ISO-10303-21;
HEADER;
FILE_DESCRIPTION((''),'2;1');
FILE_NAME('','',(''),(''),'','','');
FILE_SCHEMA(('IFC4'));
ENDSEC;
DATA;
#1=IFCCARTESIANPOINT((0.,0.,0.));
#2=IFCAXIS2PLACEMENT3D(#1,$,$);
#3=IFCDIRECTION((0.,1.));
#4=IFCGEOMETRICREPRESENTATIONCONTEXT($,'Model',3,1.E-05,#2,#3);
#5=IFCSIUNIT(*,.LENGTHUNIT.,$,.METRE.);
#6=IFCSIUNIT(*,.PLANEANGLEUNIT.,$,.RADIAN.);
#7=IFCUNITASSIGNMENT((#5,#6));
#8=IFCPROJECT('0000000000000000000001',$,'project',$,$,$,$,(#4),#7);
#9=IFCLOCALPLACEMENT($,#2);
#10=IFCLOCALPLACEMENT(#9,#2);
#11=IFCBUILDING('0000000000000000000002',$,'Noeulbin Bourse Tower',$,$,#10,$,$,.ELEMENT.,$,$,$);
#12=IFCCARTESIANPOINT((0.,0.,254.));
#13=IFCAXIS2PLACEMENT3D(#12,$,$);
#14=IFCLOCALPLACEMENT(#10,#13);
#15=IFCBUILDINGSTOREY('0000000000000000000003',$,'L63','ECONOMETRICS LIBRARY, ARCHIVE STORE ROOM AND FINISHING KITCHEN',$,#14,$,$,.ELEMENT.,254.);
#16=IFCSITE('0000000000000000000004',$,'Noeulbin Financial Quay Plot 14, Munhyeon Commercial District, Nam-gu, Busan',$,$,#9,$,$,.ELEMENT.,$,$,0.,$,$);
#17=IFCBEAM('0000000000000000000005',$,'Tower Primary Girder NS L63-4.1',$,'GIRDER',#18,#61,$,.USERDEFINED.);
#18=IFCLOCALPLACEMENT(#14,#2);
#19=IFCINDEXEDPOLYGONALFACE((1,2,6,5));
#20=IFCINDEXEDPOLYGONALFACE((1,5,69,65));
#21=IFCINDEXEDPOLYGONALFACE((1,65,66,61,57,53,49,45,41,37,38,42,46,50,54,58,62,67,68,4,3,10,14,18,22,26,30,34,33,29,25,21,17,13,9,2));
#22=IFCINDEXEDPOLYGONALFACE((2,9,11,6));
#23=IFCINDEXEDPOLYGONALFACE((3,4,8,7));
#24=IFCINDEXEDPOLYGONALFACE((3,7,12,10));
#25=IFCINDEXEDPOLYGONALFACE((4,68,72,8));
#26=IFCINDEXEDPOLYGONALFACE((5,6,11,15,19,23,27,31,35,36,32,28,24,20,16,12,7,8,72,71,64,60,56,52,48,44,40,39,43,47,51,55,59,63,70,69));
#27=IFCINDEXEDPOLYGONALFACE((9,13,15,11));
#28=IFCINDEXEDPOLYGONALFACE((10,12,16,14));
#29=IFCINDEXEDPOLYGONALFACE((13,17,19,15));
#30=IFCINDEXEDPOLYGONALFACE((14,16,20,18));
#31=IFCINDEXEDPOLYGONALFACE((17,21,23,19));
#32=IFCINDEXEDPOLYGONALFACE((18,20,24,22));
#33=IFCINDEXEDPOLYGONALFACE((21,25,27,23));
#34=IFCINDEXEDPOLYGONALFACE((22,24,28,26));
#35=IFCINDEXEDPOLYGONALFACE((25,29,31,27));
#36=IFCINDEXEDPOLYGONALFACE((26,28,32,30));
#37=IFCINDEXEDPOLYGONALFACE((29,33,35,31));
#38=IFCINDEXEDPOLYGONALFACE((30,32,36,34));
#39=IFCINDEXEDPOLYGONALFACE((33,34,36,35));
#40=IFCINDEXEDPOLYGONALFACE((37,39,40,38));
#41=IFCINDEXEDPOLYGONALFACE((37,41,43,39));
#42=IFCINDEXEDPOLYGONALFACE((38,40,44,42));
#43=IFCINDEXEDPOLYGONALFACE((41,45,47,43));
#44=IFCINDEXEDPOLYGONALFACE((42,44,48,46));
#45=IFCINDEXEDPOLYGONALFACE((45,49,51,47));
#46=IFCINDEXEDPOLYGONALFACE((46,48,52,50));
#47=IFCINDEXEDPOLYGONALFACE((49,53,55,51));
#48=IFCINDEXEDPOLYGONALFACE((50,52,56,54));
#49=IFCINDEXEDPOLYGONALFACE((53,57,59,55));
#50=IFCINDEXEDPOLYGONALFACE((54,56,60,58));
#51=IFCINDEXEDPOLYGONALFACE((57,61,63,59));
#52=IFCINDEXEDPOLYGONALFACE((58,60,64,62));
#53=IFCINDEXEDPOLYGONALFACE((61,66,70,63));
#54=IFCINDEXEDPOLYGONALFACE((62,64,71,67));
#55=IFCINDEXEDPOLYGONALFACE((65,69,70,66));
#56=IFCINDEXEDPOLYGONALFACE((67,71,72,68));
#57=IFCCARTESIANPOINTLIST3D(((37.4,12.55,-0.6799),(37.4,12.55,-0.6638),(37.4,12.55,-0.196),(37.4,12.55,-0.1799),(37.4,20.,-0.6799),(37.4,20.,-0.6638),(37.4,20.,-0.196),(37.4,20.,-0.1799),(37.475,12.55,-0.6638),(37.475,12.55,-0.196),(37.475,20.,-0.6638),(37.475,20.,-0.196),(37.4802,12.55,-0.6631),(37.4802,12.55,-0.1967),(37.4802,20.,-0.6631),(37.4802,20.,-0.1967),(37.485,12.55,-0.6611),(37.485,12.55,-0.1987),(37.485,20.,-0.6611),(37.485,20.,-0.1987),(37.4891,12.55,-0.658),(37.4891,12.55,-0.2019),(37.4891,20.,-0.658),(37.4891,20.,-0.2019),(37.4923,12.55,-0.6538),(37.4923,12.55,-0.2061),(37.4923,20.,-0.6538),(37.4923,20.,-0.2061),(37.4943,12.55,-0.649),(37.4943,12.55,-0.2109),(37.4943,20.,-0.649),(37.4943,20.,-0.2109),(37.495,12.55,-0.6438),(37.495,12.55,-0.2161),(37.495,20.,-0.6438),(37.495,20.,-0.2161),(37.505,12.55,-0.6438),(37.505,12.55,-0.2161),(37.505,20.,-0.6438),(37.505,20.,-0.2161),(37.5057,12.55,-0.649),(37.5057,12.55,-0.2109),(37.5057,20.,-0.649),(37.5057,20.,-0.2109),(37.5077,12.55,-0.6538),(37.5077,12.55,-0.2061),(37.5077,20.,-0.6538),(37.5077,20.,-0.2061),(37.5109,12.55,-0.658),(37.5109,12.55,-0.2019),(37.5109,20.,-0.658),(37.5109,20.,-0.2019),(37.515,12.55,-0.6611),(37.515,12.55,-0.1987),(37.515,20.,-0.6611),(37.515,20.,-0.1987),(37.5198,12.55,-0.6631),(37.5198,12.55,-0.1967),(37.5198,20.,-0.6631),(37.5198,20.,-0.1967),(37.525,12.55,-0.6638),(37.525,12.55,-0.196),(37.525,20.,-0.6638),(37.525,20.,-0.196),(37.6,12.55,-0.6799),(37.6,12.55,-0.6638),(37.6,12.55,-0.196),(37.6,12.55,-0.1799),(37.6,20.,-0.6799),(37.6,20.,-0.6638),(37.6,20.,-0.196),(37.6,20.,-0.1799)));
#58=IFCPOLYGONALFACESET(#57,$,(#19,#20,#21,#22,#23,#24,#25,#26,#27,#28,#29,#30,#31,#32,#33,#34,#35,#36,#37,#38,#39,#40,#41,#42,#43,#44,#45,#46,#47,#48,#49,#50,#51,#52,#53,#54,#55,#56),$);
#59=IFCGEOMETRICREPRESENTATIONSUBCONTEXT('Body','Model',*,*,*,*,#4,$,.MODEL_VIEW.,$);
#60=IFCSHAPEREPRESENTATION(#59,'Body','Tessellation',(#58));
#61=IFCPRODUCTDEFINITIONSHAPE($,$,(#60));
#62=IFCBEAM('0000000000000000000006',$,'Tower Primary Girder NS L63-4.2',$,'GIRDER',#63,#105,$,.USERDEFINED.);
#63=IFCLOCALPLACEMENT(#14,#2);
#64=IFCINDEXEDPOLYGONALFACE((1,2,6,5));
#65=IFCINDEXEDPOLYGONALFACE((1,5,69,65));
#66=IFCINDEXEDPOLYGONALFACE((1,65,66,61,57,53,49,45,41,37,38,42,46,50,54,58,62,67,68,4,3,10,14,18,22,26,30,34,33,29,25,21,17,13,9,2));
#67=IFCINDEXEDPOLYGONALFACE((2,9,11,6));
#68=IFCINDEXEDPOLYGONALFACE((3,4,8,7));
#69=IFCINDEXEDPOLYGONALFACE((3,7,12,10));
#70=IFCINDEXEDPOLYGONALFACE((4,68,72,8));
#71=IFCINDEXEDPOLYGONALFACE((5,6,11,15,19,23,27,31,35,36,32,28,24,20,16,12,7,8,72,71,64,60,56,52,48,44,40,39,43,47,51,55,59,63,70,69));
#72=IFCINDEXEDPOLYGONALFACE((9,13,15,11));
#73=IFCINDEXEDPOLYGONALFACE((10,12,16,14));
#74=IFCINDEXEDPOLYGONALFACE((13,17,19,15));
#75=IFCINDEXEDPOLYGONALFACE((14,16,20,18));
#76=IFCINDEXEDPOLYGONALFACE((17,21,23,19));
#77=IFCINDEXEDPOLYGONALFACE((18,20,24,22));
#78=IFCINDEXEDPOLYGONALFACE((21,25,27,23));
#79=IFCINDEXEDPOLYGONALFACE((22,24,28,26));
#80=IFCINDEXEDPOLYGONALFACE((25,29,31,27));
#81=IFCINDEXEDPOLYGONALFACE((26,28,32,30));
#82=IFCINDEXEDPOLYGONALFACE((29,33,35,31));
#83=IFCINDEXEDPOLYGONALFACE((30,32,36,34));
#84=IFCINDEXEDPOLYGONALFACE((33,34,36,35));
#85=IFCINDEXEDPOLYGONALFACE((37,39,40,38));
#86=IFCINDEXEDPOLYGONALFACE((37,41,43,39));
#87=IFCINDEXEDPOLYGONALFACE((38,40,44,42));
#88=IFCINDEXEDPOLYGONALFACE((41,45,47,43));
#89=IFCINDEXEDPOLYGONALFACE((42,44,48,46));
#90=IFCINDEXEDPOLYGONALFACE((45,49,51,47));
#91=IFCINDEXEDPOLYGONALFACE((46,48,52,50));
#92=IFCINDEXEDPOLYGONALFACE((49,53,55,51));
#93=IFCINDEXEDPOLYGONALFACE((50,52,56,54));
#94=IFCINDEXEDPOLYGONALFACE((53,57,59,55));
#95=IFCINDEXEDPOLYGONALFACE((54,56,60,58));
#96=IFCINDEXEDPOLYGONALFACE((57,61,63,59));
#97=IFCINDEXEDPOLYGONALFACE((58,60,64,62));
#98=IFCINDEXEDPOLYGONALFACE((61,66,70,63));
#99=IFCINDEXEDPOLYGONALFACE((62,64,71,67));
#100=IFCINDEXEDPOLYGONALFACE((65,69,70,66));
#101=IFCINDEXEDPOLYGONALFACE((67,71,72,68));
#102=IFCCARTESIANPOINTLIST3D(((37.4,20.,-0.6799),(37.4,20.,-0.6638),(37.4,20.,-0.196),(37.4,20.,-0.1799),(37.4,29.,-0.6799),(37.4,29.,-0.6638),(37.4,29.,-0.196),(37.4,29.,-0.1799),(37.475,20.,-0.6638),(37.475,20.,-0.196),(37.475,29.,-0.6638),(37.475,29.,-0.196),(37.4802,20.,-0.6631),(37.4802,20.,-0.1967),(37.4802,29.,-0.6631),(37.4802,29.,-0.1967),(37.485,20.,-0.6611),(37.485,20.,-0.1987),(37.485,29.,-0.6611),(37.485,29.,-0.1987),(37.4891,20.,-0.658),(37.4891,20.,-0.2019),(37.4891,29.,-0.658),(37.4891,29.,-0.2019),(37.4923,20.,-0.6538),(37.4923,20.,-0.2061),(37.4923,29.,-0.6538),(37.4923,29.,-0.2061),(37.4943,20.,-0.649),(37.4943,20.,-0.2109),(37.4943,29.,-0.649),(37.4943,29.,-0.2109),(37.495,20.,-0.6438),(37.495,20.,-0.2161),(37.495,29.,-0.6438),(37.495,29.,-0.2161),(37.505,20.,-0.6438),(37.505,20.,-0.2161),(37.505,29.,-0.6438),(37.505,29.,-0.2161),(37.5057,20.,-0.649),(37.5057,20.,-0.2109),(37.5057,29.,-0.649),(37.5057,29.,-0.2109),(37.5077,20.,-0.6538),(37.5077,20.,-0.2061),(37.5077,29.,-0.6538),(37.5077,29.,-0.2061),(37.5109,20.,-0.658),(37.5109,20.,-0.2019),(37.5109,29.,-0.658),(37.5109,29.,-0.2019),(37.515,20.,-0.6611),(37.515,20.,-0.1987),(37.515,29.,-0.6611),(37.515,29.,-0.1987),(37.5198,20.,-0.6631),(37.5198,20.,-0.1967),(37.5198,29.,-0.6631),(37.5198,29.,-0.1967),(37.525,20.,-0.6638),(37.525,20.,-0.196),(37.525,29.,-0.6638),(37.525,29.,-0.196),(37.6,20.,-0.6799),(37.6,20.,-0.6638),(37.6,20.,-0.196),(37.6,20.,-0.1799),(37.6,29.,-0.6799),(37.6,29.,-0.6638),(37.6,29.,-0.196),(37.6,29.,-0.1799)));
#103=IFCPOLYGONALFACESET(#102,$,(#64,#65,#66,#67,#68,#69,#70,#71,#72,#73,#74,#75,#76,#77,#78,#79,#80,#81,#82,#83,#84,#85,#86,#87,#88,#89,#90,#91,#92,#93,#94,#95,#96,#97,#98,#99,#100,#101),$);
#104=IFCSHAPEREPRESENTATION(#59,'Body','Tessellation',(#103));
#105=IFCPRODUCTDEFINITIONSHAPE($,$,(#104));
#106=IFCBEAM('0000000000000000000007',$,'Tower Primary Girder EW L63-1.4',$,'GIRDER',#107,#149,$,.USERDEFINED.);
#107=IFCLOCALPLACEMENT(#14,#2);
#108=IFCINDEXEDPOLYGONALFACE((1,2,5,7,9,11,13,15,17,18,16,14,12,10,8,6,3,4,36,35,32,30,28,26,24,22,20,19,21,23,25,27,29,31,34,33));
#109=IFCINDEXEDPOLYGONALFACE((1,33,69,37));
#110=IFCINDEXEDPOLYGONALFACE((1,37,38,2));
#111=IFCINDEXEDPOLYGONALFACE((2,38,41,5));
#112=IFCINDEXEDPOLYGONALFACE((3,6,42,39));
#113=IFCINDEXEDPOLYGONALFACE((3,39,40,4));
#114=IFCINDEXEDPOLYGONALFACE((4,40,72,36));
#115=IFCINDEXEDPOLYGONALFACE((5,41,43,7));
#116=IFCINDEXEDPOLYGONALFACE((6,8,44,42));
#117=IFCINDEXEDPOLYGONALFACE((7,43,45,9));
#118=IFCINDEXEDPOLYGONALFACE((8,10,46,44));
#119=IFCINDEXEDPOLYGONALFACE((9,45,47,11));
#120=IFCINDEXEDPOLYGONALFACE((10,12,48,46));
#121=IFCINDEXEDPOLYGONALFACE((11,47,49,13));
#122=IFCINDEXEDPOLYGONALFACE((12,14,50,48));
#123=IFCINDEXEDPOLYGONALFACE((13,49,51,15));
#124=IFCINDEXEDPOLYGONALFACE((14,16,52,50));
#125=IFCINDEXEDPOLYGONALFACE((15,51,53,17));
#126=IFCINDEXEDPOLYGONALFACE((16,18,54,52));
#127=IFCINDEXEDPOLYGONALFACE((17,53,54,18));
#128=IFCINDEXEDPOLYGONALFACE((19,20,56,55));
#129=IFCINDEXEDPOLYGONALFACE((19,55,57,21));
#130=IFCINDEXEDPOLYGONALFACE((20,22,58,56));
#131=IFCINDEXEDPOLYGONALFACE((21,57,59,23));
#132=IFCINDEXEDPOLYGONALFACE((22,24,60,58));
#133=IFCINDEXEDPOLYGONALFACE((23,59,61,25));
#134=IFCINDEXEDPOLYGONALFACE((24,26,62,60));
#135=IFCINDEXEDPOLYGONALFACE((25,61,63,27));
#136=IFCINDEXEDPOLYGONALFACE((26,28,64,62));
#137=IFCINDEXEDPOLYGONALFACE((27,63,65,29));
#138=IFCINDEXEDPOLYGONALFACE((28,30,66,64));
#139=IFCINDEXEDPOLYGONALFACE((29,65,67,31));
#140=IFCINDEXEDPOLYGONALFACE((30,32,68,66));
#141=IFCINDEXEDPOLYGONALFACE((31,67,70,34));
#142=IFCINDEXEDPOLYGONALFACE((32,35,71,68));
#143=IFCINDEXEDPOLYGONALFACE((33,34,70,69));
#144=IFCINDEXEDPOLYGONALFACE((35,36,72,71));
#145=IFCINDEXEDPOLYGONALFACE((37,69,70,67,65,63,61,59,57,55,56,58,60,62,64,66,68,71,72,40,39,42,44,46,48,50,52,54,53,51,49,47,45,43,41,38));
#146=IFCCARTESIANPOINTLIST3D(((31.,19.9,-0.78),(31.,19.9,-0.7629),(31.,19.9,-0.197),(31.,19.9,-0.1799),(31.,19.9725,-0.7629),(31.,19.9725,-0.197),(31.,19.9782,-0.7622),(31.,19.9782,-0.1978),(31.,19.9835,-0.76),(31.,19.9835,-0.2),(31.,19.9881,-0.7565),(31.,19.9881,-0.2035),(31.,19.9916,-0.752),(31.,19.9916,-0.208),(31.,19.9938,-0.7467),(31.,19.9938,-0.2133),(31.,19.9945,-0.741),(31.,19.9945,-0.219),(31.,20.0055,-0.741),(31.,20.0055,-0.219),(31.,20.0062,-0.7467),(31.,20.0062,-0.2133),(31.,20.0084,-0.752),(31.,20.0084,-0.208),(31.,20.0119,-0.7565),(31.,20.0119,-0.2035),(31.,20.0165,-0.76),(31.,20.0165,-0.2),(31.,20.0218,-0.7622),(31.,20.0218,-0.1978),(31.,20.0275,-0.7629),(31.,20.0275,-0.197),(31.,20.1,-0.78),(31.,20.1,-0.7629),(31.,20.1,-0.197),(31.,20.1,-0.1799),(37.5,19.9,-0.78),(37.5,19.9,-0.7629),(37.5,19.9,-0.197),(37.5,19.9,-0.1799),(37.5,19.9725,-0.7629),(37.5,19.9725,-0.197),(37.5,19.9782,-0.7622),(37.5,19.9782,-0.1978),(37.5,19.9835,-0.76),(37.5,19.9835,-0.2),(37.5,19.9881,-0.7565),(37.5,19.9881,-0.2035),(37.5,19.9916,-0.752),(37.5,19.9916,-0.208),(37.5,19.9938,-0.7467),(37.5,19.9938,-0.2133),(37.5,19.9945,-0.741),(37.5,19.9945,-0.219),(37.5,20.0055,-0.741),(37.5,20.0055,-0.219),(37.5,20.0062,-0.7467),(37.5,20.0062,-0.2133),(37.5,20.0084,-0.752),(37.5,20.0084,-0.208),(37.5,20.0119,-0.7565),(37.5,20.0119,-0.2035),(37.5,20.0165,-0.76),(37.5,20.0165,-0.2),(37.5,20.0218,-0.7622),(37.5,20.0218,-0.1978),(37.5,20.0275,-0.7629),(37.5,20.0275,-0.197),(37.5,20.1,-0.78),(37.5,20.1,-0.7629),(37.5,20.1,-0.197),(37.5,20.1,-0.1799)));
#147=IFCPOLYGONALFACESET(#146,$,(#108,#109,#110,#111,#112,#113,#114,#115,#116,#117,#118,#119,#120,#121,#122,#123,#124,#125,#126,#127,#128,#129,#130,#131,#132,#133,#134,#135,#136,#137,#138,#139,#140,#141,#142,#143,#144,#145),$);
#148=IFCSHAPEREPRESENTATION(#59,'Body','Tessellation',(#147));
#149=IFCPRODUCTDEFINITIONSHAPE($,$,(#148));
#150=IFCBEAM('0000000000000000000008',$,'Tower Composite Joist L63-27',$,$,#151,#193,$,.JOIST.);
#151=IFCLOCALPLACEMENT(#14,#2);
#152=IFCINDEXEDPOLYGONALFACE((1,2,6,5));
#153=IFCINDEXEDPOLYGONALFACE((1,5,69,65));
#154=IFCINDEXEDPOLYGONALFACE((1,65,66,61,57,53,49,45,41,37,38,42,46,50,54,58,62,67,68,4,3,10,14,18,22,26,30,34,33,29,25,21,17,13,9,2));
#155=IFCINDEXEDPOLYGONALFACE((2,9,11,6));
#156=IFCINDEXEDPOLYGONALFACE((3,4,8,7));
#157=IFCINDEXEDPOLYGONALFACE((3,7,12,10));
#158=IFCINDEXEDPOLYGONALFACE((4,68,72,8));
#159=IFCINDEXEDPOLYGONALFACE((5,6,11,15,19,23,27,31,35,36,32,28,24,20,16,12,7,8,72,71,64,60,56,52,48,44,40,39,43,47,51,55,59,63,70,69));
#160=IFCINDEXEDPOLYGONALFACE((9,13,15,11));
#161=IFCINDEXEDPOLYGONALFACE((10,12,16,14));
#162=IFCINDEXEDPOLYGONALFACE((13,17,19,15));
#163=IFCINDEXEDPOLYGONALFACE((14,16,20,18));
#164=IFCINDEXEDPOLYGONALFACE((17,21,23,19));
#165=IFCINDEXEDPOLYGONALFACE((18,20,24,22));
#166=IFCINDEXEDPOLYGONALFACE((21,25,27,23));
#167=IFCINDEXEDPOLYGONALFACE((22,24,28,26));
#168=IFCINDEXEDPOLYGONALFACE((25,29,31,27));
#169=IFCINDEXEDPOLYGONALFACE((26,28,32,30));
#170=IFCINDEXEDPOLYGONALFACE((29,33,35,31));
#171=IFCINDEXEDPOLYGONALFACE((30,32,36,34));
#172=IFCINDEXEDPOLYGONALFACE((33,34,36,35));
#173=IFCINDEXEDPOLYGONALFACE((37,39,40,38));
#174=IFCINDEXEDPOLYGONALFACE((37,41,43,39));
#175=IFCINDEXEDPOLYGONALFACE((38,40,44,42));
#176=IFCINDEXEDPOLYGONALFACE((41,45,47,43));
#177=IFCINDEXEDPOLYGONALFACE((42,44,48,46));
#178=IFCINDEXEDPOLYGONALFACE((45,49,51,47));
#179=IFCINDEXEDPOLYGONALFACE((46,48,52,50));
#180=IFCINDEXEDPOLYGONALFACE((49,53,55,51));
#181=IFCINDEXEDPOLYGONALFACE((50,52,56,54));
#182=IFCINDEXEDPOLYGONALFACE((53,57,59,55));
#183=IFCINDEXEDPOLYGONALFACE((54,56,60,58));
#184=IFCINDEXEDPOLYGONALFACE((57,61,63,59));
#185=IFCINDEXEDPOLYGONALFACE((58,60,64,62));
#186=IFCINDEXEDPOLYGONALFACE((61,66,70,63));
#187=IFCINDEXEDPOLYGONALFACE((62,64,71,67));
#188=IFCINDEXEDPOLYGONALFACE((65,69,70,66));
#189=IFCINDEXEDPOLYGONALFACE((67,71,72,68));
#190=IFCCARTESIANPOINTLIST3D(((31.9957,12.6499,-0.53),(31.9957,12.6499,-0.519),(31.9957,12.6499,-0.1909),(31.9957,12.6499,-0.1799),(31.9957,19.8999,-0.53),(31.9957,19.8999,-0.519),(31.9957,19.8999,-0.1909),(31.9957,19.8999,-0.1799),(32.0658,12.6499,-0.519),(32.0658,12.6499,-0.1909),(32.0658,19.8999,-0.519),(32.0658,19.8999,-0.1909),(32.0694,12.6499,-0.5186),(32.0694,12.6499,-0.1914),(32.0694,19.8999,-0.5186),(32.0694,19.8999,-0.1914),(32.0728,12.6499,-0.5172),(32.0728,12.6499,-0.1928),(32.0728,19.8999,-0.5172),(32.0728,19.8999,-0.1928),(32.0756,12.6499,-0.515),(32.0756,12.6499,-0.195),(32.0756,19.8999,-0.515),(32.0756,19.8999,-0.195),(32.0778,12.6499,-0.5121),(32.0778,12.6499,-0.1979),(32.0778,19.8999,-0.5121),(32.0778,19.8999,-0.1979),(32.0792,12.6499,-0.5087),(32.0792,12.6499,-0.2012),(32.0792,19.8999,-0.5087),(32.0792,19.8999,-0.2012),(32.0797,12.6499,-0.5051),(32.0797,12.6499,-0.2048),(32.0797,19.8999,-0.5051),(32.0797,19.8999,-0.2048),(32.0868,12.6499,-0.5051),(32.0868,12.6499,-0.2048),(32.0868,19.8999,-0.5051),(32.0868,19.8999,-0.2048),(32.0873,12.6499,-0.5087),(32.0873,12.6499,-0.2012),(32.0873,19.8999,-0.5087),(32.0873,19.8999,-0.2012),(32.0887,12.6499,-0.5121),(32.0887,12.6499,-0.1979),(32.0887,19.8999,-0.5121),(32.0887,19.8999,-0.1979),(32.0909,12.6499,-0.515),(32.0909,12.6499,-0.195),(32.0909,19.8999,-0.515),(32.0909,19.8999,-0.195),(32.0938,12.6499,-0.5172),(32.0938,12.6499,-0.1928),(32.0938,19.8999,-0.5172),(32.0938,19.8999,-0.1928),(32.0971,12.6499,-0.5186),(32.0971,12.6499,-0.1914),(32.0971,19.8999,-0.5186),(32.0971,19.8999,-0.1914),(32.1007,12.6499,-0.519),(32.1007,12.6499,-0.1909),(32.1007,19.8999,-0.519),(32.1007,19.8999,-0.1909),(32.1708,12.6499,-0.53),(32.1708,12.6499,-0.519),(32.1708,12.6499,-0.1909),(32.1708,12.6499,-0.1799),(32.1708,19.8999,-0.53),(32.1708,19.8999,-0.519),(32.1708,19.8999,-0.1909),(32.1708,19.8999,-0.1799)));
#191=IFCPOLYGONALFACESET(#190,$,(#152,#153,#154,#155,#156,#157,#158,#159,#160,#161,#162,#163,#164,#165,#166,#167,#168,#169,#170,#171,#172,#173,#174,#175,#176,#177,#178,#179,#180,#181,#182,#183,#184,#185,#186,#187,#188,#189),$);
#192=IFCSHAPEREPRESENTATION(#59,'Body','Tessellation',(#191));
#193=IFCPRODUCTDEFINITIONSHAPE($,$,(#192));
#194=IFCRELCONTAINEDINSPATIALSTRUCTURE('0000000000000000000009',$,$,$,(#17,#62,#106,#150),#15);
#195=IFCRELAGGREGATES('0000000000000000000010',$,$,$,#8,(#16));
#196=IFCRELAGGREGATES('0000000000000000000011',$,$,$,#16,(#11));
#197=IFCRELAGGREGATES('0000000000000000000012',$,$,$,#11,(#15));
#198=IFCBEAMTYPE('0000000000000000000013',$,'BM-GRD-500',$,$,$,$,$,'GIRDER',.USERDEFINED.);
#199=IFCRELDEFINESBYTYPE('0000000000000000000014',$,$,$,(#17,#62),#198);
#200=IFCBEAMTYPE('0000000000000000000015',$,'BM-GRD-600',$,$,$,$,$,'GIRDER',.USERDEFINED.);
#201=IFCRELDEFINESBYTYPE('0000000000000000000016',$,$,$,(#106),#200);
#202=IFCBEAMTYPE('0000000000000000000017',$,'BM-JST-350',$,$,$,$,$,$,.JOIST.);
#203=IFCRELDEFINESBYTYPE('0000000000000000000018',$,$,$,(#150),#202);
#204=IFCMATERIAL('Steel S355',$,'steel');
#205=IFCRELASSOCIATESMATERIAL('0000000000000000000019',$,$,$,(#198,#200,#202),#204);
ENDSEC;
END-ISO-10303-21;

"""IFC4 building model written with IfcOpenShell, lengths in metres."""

from ifc_helpers import new_model, si_unit, direction, frame, origin, origin_2d, place, context, subcontext, project, spatial, i_section, extrude, material, material_profile, profile_set, type_object, element, save


model = new_model("IFC4")

# Units and contexts
model_context = context("Model", 3, precision=1e-05, world=origin(), true_north=direction((0.0, 1.0)))
body_context = subcontext(model_context, "Body", "Model", "MODEL_VIEW")
ifc_project = project(units=[si_unit("LENGTHUNIT", "METRE"), si_unit("PLANEANGLEUNIT", "RADIAN")], contexts=[model_context])

# Site, building, storey
site_placement = place(None, origin())
site = spatial("IfcSite", under=ifc_project, at=site_placement, Name="Noeulbin Financial Quay Plot 14, Munhyeon Commercial District, Nam-gu, Busan", CompositionType="ELEMENT", RefElevation=0.0)
building_placement = place(site_placement, origin())
building = spatial("IfcBuilding", under=site, at=building_placement, Name="Noeulbin Bourse Tower", CompositionType="ELEMENT")
storey_placement = place(building_placement, frame((0.0, 0.0, 254.0)))
storey = spatial("IfcBuildingStorey", under=building, at=storey_placement, Name="L63", Description="ECONOMETRICS LIBRARY, ARCHIVE STORE ROOM AND FINISHING KITCHEN", CompositionType="ELEMENT", Elevation=254.0)

# Shared definitions
ifc_material_1 = material(Name="Steel S355", Category="steel")

# Beams
ifc_material_profile_1 = material_profile(ifc_material_1, i_section(OverallWidth=0.2, OverallDepth=0.5, WebThickness=0.01, FlangeThickness=0.0161, FilletRadius=0.02, at=origin_2d()), Name="H-500x200x10x16", Category="LoadBearing")
ifc_profile_set_1 = profile_set([ifc_material_profile_1], Name="Steel S355")
beam_type_1 = type_object("IfcBeamType", Name="BM-GRD-500", ElementType="GIRDER", PredefinedType="USERDEFINED", material=ifc_profile_set_1)
beam_1_placement = place(storey_placement, frame((37.5, 12.55, -0.4299), z_axis=(0.0, 1.0, 0.0), x_axis=(-1.0, 0.0, 0.0)))
element("IfcBeam", 1, at=beam_1_placement, inside=storey, type_object=beam_type_1, Name="Tower Primary Girder NS L63-4.1", ObjectType="GIRDER", PredefinedType="USERDEFINED", context=body_context, shape_type="SweptSolid", body=[
    extrude(i_section(OverallWidth=0.2, OverallDepth=0.5, WebThickness=0.01, FlangeThickness=0.0161, FilletRadius=0.02, at=origin_2d()), origin(), (0.0, 0.0, 1.0), 7.45),
])
beam_2_placement = place(storey_placement, frame((37.5, 20.0, -0.4299), z_axis=(0.0, 1.0, 0.0), x_axis=(-1.0, 0.0, 0.0)))
element("IfcBeam", 2, at=beam_2_placement, inside=storey, type_object=beam_type_1, Name="Tower Primary Girder NS L63-4.2", ObjectType="GIRDER", PredefinedType="USERDEFINED", context=body_context, shape_type="SweptSolid", body=[
    extrude(i_section(OverallWidth=0.2, OverallDepth=0.5, WebThickness=0.01, FlangeThickness=0.0161, FilletRadius=0.02, at=origin_2d()), origin(), (0.0, 0.0, 1.0), 9.0),
])
ifc_material_profile_2 = material_profile(ifc_material_1, i_section(OverallWidth=0.2, OverallDepth=0.6001, WebThickness=0.011, FlangeThickness=0.0171, FilletRadius=0.022, at=origin_2d()), Name="H-600x200x11x17", Category="LoadBearing")
ifc_profile_set_2 = profile_set([ifc_material_profile_2], Name="Steel S355")
beam_type_2 = type_object("IfcBeamType", Name="BM-GRD-600", ElementType="GIRDER", PredefinedType="USERDEFINED", material=ifc_profile_set_2)
beam_3_placement = place(storey_placement, frame((31.0, 20.0, -0.48), z_axis=(1.0, 0.0, 0.0), x_axis=(0.0, 1.0, 0.0)))
element("IfcBeam", 3, at=beam_3_placement, inside=storey, type_object=beam_type_2, Name="Tower Primary Girder EW L63-1.4", ObjectType="GIRDER", PredefinedType="USERDEFINED", context=body_context, shape_type="SweptSolid", body=[
    extrude(i_section(OverallWidth=0.2, OverallDepth=0.6001, WebThickness=0.011, FlangeThickness=0.0171, FilletRadius=0.022, at=origin_2d()), origin(), (0.0, 0.0, 1.0), 6.5),
])
ifc_material_profile_3 = material_profile(ifc_material_1, i_section(OverallWidth=0.175, OverallDepth=0.3501, WebThickness=0.0071, FlangeThickness=0.011, FilletRadius=0.0139, at=origin_2d()), Name="H-350x175x7x11", Category="LoadBearing")
ifc_profile_set_3 = profile_set([ifc_material_profile_3], Name="Steel S355")
beam_type_3 = type_object("IfcBeamType", Name="BM-JST-350", PredefinedType="JOIST", material=ifc_profile_set_3)
beam_4_placement = place(storey_placement, frame((32.0833, 12.6499, -0.355), z_axis=(0.0, 1.0, 0.0), x_axis=(-1.0, 0.0, 0.0)))
element("IfcBeam", 4, at=beam_4_placement, inside=storey, type_object=beam_type_3, Name="Tower Composite Joist L63-27", PredefinedType="JOIST", context=body_context, shape_type="SweptSolid", body=[
    extrude(i_section(OverallWidth=0.175, OverallDepth=0.3501, WebThickness=0.0071, FlangeThickness=0.011, FilletRadius=0.0139, at=origin_2d()), origin(), (0.0, 0.0, 1.0), 7.25),
])

save(model, "model.ifc")
